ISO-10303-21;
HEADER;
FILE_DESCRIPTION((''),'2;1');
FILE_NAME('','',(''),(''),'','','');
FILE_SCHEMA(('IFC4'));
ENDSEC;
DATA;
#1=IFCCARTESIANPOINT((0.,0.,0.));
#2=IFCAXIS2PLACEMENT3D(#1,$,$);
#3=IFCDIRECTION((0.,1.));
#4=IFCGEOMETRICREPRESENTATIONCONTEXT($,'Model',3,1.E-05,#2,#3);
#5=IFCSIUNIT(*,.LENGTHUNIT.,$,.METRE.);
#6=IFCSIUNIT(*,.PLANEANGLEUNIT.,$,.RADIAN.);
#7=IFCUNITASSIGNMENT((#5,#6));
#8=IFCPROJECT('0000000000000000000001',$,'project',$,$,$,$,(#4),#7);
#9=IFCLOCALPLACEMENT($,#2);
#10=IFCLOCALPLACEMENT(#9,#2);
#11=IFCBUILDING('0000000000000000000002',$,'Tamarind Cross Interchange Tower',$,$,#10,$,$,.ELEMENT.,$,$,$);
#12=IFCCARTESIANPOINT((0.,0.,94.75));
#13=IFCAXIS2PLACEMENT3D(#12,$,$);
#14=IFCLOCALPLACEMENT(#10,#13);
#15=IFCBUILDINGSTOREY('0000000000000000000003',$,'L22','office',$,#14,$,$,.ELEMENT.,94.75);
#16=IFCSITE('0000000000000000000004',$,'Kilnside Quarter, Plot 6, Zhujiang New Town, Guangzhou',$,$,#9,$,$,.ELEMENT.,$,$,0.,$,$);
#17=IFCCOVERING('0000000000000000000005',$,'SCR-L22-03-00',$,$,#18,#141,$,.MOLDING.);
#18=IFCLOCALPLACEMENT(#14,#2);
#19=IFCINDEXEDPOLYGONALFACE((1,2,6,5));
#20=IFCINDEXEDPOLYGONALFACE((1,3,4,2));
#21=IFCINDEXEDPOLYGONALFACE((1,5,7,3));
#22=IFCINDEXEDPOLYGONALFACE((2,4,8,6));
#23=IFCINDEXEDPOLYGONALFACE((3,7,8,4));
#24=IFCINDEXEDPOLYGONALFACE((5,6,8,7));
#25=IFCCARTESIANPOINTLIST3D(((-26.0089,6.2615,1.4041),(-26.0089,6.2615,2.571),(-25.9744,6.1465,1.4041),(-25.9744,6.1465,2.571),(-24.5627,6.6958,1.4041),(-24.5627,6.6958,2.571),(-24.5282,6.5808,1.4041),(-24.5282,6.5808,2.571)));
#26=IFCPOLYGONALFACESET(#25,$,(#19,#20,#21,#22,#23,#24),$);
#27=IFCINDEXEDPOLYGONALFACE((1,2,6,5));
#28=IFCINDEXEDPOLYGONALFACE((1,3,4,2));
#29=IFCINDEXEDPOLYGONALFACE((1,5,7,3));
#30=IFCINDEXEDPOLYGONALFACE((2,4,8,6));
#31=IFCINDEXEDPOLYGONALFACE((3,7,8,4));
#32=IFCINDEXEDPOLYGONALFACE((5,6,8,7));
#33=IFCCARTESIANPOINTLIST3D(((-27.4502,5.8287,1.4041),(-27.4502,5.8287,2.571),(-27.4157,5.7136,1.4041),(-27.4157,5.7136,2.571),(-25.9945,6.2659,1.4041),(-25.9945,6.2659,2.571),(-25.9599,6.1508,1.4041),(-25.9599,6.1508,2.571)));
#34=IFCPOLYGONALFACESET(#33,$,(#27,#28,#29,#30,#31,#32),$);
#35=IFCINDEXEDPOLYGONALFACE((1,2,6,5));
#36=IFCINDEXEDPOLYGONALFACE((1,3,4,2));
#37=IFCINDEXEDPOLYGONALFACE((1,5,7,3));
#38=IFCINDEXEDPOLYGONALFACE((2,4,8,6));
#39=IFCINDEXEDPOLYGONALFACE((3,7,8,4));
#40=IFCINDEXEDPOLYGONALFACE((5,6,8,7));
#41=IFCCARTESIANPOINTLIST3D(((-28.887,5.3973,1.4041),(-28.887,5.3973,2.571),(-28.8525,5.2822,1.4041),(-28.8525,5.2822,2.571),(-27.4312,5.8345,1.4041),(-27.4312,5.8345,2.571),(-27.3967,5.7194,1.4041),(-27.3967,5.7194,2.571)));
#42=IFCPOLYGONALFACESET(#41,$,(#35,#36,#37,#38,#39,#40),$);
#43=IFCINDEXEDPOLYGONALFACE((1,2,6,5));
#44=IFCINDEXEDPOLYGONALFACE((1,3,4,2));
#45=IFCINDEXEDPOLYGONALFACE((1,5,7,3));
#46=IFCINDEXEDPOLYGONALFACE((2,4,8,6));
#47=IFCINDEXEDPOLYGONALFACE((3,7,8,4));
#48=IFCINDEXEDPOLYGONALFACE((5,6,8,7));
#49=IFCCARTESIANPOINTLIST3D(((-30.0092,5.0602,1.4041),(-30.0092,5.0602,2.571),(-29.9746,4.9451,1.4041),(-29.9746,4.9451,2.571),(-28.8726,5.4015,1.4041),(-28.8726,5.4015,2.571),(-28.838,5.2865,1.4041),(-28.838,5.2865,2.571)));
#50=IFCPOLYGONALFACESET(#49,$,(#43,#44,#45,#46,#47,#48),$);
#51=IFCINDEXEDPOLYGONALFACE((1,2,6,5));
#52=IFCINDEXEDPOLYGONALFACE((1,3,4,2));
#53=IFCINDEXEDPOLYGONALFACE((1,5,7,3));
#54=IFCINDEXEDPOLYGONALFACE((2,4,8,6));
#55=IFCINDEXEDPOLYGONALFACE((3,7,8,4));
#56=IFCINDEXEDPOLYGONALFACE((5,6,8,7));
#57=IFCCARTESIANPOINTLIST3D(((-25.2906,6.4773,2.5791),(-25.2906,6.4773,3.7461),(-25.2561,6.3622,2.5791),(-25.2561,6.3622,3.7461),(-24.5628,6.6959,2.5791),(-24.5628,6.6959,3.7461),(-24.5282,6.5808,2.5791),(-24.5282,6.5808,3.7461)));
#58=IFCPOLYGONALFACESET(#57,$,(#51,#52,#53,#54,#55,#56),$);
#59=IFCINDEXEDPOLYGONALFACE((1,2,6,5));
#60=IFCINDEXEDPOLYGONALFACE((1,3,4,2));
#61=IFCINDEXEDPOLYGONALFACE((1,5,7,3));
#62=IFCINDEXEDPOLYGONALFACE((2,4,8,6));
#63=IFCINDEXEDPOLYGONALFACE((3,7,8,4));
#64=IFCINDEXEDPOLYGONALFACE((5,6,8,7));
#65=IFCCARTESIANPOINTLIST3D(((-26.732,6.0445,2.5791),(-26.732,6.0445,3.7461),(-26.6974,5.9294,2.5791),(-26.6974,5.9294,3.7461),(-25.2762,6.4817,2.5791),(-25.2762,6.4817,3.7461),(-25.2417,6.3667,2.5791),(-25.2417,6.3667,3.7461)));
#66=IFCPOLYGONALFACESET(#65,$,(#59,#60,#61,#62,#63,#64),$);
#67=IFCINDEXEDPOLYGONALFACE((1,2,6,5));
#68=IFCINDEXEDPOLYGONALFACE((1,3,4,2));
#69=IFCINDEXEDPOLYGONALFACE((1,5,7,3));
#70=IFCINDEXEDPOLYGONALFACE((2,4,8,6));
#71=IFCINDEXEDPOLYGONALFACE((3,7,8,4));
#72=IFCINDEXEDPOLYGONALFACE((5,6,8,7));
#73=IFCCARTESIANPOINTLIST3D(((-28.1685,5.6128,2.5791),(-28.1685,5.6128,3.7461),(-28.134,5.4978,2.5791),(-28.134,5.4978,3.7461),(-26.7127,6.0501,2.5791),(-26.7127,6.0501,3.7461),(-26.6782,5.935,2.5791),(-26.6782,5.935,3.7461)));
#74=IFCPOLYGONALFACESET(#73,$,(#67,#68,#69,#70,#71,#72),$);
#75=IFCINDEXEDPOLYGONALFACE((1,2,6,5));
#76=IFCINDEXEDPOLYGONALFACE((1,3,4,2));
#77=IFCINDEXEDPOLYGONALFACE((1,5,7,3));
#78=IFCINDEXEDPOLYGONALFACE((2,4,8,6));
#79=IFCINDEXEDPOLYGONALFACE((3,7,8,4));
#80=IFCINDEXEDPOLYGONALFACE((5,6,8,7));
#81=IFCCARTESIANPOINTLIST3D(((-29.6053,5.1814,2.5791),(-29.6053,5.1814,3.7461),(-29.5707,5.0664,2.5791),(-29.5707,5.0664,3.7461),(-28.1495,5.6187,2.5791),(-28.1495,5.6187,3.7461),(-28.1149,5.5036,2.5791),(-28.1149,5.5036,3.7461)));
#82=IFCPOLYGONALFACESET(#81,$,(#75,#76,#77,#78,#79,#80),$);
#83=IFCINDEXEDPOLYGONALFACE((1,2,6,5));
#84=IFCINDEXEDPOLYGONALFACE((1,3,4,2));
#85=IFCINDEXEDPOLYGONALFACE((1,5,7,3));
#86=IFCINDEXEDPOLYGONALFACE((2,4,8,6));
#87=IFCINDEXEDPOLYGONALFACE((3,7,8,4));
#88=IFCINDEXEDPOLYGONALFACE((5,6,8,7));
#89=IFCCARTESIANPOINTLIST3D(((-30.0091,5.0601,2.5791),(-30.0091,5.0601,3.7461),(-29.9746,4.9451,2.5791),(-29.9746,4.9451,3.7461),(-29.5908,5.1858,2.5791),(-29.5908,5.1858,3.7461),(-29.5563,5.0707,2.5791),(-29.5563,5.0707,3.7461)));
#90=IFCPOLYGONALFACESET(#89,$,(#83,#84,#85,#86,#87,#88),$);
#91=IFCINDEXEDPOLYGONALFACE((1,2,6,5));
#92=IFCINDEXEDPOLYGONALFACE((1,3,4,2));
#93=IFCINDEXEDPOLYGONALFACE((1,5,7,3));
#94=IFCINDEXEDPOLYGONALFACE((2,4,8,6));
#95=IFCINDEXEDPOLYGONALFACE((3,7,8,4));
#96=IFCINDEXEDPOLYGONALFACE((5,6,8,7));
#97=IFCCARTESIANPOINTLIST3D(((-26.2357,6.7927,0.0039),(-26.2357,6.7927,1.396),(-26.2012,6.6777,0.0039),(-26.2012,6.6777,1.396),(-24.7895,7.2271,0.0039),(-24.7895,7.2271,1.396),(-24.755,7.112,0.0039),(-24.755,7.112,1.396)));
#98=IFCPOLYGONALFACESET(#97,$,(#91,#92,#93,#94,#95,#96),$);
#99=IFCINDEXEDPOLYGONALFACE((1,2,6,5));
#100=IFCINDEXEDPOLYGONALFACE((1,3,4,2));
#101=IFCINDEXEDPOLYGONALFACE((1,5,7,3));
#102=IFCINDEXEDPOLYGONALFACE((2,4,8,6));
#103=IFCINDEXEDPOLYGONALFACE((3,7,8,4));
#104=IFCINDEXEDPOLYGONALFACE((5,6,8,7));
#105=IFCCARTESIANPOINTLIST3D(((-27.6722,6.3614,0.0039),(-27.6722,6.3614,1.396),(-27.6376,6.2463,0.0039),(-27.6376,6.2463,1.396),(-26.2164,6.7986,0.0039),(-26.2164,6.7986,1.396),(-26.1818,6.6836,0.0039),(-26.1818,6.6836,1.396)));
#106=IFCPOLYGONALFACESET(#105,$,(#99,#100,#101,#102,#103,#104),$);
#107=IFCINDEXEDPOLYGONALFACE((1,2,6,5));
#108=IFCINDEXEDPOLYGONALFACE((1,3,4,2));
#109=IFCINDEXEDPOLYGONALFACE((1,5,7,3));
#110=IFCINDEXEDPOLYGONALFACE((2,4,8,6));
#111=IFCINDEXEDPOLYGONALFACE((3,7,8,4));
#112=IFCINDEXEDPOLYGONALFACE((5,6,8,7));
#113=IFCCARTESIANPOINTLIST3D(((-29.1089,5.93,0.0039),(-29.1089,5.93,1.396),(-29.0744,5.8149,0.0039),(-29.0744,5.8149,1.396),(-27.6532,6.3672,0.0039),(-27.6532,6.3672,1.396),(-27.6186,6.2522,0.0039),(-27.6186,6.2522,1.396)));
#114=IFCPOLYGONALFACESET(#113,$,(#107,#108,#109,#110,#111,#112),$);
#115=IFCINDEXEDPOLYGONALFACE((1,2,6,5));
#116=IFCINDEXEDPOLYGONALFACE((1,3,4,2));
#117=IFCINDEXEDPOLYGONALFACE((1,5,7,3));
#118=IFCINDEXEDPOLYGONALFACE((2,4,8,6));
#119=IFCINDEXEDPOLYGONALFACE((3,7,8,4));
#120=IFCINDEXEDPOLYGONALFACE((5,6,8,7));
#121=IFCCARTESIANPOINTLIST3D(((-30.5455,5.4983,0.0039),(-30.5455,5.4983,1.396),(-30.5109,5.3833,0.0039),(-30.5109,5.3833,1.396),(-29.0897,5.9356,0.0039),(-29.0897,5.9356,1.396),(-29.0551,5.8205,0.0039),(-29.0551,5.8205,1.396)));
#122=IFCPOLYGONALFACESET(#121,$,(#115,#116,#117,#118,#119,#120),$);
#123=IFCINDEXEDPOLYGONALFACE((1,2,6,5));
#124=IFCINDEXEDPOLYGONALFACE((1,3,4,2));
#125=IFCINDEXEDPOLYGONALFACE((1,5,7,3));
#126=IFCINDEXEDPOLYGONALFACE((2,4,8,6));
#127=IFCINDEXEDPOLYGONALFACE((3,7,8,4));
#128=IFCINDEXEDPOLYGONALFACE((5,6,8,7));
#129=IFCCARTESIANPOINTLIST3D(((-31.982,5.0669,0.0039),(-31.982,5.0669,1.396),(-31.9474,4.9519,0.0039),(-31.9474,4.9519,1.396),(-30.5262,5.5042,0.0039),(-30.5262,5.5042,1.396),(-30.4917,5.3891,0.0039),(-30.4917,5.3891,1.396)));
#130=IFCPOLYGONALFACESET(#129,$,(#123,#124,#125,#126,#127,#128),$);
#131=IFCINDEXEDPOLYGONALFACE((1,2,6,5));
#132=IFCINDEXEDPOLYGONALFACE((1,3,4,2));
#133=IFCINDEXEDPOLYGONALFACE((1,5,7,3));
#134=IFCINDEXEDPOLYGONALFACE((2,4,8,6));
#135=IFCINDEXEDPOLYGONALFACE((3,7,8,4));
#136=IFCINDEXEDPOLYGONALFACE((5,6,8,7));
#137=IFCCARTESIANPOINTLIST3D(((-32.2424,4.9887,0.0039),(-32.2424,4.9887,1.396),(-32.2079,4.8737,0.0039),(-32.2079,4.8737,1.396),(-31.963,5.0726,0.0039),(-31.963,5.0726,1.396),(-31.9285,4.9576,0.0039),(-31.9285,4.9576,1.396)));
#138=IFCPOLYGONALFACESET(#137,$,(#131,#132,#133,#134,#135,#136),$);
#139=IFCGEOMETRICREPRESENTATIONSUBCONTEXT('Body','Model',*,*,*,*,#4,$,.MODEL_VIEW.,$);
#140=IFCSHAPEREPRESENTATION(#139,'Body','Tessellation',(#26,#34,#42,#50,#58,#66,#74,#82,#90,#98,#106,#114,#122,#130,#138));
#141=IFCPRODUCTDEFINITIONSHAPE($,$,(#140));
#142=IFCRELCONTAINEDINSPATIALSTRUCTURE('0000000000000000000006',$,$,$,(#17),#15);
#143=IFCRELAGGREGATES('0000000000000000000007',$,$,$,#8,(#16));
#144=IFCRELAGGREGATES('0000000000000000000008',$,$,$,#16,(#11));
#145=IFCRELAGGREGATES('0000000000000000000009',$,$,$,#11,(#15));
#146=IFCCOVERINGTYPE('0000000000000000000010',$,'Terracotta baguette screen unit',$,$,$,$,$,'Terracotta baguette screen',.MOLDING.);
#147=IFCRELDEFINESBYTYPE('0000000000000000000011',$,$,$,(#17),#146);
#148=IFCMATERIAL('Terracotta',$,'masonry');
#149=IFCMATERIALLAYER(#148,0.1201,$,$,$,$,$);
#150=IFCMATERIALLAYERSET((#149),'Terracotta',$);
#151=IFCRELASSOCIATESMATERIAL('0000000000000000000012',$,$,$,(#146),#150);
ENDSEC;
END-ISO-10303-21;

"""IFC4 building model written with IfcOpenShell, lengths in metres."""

from ifc_helpers import new_model, si_unit, direction, frame, origin, origin_2d, place, context, subcontext, project, spatial, rectangle, extrude, material, layer, layer_set, type_object, element, save


model = new_model("IFC4")

# Units and contexts
model_context = context("Model", 3, precision=1e-05, world=origin(), true_north=direction((0.0, 1.0)))
body_context = subcontext(model_context, "Body", "Model", "MODEL_VIEW")
ifc_project = project(units=[si_unit("LENGTHUNIT", "METRE"), si_unit("PLANEANGLEUNIT", "RADIAN")], contexts=[model_context])

# Site, building, storey
site_placement = place(None, origin())
site = spatial("IfcSite", under=ifc_project, at=site_placement, Name="Kilnside Quarter, Plot 6, Zhujiang New Town, Guangzhou", CompositionType="ELEMENT", RefElevation=0.0)
building_placement = place(site_placement, origin())
building = spatial("IfcBuilding", under=site, at=building_placement, Name="Tamarind Cross Interchange Tower", CompositionType="ELEMENT")
storey_placement = place(building_placement, frame((0.0, 0.0, 94.75)))
storey = spatial("IfcBuildingStorey", under=building, at=storey_placement, Name="L22", Description="office", CompositionType="ELEMENT", Elevation=94.75)

# Covering
ifc_material_1 = material(Name="Terracotta", Category="masonry")
ifc_layer_1 = layer(ifc_material_1, 0.1201)
ifc_layer_set_1 = layer_set([ifc_layer_1], Name="Terracotta")
covering_type = type_object("IfcCoveringType", Name="Terracotta baguette screen unit", ElementType="Terracotta baguette screen", PredefinedType="MOLDING", material=ifc_layer_set_1)
covering_1_placement = place(storey_placement, origin())
element("IfcCovering", 1, at=covering_1_placement, inside=storey, type_object=covering_type, Name="SCR-L22-03-00", PredefinedType="MOLDING", context=body_context, shape_type="SweptSolid", body=[
    extrude(rectangle(XDim=1.51, YDim=0.1201, at=origin_2d()), frame((-25.2686, 6.4211, 1.4041), z_axis=(0.0, 0.0, 1.0), x_axis=(-0.957738, -0.287641, 0.0)), (0.0, 0.0, 1.0), 1.167),
    extrude(rectangle(XDim=1.52, YDim=0.1201, at=origin_2d()), frame((-26.7051, 5.9897, 1.4041), z_axis=(0.0, 0.0, 1.0), x_axis=(-0.957738, -0.287641, 0.0)), (0.0, 0.0, 1.0), 1.167),
    extrude(rectangle(XDim=1.52, YDim=0.1201, at=origin_2d()), frame((-28.1418, 5.5583, 1.4041), z_axis=(0.0, 0.0, 1.0), x_axis=(-0.957738, -0.287641, 0.0)), (0.0, 0.0, 1.0), 1.167),
    extrude(rectangle(XDim=1.1868, YDim=0.1201, at=origin_2d()), frame((-29.4236, 5.1733, 1.4041), z_axis=(0.0, 0.0, 1.0), x_axis=(-0.957738, -0.287641, 0.0)), (0.0, 0.0, 1.0), 1.167),
    extrude(rectangle(XDim=0.76, YDim=0.1201, at=origin_2d()), frame((-24.9094, 6.5291, 2.5791), z_axis=(0.0, 0.0, 1.0), x_axis=(-0.957738, -0.287641, 0.0)), (0.0, 0.0, 1.0), 1.167),
    extrude(rectangle(XDim=1.52, YDim=0.1201, at=origin_2d()), frame((-25.9868, 6.2056, 2.5791), z_axis=(0.0, 0.0, 1.0), x_axis=(-0.957738, -0.287641, 0.0)), (0.0, 0.0, 1.0), 1.167),
    extrude(rectangle(XDim=1.52, YDim=0.1201, at=origin_2d()), frame((-27.4233, 5.7739, 2.5791), z_axis=(0.0, 0.0, 1.0), x_axis=(-0.957738, -0.287641, 0.0)), (0.0, 0.0, 1.0), 1.167),
    extrude(rectangle(XDim=1.52, YDim=0.1201, at=origin_2d()), frame((-28.8601, 5.3425, 2.5791), z_axis=(0.0, 0.0, 1.0), x_axis=(-0.957738, -0.287641, 0.0)), (0.0, 0.0, 1.0), 1.167),
    extrude(rectangle(XDim=0.4368, YDim=0.1201, at=origin_2d()), frame((-29.7827, 5.0654, 2.5791), z_axis=(0.0, 0.0, 1.0), x_axis=(-0.957738, -0.287641, 0.0)), (0.0, 0.0, 1.0), 1.167),
    extrude(rectangle(XDim=1.51, YDim=0.1201, at=origin_2d()), frame((-25.4954, 6.9524, 0.0039), z_axis=(0.0, 0.0, 1.0), x_axis=(-0.957738, -0.287641, 0.0)), (0.0, 0.0, 1.0), 1.3921),
    extrude(rectangle(XDim=1.52, YDim=0.1201, at=origin_2d()), frame((-26.927, 6.5225, 0.0039), z_axis=(0.0, 0.0, 1.0), x_axis=(-0.957738, -0.287641, 0.0)), (0.0, 0.0, 1.0), 1.3921),
    extrude(rectangle(XDim=1.52, YDim=0.1201, at=origin_2d()), frame((-28.3638, 6.0911, 0.0039), z_axis=(0.0, 0.0, 1.0), x_axis=(-0.957738, -0.287641, 0.0)), (0.0, 0.0, 1.0), 1.3921),
    extrude(rectangle(XDim=1.52, YDim=0.1201, at=origin_2d()), frame((-29.8003, 5.6594, 0.0039), z_axis=(0.0, 0.0, 1.0), x_axis=(-0.957738, -0.287641, 0.0)), (0.0, 0.0, 1.0), 1.3921),
    extrude(rectangle(XDim=1.52, YDim=0.1201, at=origin_2d()), frame((-31.2368, 5.228, 0.0039), z_axis=(0.0, 0.0, 1.0), x_axis=(-0.957738, -0.287641, 0.0)), (0.0, 0.0, 1.0), 1.3921),
    extrude(rectangle(XDim=0.2917, YDim=0.1201, at=origin_2d()), frame((-32.0854, 4.9731, 0.0039), z_axis=(0.0, 0.0, 1.0), x_axis=(-0.957738, -0.287641, 0.0)), (0.0, 0.0, 1.0), 1.3921),
])

save(model, "model.ifc")
